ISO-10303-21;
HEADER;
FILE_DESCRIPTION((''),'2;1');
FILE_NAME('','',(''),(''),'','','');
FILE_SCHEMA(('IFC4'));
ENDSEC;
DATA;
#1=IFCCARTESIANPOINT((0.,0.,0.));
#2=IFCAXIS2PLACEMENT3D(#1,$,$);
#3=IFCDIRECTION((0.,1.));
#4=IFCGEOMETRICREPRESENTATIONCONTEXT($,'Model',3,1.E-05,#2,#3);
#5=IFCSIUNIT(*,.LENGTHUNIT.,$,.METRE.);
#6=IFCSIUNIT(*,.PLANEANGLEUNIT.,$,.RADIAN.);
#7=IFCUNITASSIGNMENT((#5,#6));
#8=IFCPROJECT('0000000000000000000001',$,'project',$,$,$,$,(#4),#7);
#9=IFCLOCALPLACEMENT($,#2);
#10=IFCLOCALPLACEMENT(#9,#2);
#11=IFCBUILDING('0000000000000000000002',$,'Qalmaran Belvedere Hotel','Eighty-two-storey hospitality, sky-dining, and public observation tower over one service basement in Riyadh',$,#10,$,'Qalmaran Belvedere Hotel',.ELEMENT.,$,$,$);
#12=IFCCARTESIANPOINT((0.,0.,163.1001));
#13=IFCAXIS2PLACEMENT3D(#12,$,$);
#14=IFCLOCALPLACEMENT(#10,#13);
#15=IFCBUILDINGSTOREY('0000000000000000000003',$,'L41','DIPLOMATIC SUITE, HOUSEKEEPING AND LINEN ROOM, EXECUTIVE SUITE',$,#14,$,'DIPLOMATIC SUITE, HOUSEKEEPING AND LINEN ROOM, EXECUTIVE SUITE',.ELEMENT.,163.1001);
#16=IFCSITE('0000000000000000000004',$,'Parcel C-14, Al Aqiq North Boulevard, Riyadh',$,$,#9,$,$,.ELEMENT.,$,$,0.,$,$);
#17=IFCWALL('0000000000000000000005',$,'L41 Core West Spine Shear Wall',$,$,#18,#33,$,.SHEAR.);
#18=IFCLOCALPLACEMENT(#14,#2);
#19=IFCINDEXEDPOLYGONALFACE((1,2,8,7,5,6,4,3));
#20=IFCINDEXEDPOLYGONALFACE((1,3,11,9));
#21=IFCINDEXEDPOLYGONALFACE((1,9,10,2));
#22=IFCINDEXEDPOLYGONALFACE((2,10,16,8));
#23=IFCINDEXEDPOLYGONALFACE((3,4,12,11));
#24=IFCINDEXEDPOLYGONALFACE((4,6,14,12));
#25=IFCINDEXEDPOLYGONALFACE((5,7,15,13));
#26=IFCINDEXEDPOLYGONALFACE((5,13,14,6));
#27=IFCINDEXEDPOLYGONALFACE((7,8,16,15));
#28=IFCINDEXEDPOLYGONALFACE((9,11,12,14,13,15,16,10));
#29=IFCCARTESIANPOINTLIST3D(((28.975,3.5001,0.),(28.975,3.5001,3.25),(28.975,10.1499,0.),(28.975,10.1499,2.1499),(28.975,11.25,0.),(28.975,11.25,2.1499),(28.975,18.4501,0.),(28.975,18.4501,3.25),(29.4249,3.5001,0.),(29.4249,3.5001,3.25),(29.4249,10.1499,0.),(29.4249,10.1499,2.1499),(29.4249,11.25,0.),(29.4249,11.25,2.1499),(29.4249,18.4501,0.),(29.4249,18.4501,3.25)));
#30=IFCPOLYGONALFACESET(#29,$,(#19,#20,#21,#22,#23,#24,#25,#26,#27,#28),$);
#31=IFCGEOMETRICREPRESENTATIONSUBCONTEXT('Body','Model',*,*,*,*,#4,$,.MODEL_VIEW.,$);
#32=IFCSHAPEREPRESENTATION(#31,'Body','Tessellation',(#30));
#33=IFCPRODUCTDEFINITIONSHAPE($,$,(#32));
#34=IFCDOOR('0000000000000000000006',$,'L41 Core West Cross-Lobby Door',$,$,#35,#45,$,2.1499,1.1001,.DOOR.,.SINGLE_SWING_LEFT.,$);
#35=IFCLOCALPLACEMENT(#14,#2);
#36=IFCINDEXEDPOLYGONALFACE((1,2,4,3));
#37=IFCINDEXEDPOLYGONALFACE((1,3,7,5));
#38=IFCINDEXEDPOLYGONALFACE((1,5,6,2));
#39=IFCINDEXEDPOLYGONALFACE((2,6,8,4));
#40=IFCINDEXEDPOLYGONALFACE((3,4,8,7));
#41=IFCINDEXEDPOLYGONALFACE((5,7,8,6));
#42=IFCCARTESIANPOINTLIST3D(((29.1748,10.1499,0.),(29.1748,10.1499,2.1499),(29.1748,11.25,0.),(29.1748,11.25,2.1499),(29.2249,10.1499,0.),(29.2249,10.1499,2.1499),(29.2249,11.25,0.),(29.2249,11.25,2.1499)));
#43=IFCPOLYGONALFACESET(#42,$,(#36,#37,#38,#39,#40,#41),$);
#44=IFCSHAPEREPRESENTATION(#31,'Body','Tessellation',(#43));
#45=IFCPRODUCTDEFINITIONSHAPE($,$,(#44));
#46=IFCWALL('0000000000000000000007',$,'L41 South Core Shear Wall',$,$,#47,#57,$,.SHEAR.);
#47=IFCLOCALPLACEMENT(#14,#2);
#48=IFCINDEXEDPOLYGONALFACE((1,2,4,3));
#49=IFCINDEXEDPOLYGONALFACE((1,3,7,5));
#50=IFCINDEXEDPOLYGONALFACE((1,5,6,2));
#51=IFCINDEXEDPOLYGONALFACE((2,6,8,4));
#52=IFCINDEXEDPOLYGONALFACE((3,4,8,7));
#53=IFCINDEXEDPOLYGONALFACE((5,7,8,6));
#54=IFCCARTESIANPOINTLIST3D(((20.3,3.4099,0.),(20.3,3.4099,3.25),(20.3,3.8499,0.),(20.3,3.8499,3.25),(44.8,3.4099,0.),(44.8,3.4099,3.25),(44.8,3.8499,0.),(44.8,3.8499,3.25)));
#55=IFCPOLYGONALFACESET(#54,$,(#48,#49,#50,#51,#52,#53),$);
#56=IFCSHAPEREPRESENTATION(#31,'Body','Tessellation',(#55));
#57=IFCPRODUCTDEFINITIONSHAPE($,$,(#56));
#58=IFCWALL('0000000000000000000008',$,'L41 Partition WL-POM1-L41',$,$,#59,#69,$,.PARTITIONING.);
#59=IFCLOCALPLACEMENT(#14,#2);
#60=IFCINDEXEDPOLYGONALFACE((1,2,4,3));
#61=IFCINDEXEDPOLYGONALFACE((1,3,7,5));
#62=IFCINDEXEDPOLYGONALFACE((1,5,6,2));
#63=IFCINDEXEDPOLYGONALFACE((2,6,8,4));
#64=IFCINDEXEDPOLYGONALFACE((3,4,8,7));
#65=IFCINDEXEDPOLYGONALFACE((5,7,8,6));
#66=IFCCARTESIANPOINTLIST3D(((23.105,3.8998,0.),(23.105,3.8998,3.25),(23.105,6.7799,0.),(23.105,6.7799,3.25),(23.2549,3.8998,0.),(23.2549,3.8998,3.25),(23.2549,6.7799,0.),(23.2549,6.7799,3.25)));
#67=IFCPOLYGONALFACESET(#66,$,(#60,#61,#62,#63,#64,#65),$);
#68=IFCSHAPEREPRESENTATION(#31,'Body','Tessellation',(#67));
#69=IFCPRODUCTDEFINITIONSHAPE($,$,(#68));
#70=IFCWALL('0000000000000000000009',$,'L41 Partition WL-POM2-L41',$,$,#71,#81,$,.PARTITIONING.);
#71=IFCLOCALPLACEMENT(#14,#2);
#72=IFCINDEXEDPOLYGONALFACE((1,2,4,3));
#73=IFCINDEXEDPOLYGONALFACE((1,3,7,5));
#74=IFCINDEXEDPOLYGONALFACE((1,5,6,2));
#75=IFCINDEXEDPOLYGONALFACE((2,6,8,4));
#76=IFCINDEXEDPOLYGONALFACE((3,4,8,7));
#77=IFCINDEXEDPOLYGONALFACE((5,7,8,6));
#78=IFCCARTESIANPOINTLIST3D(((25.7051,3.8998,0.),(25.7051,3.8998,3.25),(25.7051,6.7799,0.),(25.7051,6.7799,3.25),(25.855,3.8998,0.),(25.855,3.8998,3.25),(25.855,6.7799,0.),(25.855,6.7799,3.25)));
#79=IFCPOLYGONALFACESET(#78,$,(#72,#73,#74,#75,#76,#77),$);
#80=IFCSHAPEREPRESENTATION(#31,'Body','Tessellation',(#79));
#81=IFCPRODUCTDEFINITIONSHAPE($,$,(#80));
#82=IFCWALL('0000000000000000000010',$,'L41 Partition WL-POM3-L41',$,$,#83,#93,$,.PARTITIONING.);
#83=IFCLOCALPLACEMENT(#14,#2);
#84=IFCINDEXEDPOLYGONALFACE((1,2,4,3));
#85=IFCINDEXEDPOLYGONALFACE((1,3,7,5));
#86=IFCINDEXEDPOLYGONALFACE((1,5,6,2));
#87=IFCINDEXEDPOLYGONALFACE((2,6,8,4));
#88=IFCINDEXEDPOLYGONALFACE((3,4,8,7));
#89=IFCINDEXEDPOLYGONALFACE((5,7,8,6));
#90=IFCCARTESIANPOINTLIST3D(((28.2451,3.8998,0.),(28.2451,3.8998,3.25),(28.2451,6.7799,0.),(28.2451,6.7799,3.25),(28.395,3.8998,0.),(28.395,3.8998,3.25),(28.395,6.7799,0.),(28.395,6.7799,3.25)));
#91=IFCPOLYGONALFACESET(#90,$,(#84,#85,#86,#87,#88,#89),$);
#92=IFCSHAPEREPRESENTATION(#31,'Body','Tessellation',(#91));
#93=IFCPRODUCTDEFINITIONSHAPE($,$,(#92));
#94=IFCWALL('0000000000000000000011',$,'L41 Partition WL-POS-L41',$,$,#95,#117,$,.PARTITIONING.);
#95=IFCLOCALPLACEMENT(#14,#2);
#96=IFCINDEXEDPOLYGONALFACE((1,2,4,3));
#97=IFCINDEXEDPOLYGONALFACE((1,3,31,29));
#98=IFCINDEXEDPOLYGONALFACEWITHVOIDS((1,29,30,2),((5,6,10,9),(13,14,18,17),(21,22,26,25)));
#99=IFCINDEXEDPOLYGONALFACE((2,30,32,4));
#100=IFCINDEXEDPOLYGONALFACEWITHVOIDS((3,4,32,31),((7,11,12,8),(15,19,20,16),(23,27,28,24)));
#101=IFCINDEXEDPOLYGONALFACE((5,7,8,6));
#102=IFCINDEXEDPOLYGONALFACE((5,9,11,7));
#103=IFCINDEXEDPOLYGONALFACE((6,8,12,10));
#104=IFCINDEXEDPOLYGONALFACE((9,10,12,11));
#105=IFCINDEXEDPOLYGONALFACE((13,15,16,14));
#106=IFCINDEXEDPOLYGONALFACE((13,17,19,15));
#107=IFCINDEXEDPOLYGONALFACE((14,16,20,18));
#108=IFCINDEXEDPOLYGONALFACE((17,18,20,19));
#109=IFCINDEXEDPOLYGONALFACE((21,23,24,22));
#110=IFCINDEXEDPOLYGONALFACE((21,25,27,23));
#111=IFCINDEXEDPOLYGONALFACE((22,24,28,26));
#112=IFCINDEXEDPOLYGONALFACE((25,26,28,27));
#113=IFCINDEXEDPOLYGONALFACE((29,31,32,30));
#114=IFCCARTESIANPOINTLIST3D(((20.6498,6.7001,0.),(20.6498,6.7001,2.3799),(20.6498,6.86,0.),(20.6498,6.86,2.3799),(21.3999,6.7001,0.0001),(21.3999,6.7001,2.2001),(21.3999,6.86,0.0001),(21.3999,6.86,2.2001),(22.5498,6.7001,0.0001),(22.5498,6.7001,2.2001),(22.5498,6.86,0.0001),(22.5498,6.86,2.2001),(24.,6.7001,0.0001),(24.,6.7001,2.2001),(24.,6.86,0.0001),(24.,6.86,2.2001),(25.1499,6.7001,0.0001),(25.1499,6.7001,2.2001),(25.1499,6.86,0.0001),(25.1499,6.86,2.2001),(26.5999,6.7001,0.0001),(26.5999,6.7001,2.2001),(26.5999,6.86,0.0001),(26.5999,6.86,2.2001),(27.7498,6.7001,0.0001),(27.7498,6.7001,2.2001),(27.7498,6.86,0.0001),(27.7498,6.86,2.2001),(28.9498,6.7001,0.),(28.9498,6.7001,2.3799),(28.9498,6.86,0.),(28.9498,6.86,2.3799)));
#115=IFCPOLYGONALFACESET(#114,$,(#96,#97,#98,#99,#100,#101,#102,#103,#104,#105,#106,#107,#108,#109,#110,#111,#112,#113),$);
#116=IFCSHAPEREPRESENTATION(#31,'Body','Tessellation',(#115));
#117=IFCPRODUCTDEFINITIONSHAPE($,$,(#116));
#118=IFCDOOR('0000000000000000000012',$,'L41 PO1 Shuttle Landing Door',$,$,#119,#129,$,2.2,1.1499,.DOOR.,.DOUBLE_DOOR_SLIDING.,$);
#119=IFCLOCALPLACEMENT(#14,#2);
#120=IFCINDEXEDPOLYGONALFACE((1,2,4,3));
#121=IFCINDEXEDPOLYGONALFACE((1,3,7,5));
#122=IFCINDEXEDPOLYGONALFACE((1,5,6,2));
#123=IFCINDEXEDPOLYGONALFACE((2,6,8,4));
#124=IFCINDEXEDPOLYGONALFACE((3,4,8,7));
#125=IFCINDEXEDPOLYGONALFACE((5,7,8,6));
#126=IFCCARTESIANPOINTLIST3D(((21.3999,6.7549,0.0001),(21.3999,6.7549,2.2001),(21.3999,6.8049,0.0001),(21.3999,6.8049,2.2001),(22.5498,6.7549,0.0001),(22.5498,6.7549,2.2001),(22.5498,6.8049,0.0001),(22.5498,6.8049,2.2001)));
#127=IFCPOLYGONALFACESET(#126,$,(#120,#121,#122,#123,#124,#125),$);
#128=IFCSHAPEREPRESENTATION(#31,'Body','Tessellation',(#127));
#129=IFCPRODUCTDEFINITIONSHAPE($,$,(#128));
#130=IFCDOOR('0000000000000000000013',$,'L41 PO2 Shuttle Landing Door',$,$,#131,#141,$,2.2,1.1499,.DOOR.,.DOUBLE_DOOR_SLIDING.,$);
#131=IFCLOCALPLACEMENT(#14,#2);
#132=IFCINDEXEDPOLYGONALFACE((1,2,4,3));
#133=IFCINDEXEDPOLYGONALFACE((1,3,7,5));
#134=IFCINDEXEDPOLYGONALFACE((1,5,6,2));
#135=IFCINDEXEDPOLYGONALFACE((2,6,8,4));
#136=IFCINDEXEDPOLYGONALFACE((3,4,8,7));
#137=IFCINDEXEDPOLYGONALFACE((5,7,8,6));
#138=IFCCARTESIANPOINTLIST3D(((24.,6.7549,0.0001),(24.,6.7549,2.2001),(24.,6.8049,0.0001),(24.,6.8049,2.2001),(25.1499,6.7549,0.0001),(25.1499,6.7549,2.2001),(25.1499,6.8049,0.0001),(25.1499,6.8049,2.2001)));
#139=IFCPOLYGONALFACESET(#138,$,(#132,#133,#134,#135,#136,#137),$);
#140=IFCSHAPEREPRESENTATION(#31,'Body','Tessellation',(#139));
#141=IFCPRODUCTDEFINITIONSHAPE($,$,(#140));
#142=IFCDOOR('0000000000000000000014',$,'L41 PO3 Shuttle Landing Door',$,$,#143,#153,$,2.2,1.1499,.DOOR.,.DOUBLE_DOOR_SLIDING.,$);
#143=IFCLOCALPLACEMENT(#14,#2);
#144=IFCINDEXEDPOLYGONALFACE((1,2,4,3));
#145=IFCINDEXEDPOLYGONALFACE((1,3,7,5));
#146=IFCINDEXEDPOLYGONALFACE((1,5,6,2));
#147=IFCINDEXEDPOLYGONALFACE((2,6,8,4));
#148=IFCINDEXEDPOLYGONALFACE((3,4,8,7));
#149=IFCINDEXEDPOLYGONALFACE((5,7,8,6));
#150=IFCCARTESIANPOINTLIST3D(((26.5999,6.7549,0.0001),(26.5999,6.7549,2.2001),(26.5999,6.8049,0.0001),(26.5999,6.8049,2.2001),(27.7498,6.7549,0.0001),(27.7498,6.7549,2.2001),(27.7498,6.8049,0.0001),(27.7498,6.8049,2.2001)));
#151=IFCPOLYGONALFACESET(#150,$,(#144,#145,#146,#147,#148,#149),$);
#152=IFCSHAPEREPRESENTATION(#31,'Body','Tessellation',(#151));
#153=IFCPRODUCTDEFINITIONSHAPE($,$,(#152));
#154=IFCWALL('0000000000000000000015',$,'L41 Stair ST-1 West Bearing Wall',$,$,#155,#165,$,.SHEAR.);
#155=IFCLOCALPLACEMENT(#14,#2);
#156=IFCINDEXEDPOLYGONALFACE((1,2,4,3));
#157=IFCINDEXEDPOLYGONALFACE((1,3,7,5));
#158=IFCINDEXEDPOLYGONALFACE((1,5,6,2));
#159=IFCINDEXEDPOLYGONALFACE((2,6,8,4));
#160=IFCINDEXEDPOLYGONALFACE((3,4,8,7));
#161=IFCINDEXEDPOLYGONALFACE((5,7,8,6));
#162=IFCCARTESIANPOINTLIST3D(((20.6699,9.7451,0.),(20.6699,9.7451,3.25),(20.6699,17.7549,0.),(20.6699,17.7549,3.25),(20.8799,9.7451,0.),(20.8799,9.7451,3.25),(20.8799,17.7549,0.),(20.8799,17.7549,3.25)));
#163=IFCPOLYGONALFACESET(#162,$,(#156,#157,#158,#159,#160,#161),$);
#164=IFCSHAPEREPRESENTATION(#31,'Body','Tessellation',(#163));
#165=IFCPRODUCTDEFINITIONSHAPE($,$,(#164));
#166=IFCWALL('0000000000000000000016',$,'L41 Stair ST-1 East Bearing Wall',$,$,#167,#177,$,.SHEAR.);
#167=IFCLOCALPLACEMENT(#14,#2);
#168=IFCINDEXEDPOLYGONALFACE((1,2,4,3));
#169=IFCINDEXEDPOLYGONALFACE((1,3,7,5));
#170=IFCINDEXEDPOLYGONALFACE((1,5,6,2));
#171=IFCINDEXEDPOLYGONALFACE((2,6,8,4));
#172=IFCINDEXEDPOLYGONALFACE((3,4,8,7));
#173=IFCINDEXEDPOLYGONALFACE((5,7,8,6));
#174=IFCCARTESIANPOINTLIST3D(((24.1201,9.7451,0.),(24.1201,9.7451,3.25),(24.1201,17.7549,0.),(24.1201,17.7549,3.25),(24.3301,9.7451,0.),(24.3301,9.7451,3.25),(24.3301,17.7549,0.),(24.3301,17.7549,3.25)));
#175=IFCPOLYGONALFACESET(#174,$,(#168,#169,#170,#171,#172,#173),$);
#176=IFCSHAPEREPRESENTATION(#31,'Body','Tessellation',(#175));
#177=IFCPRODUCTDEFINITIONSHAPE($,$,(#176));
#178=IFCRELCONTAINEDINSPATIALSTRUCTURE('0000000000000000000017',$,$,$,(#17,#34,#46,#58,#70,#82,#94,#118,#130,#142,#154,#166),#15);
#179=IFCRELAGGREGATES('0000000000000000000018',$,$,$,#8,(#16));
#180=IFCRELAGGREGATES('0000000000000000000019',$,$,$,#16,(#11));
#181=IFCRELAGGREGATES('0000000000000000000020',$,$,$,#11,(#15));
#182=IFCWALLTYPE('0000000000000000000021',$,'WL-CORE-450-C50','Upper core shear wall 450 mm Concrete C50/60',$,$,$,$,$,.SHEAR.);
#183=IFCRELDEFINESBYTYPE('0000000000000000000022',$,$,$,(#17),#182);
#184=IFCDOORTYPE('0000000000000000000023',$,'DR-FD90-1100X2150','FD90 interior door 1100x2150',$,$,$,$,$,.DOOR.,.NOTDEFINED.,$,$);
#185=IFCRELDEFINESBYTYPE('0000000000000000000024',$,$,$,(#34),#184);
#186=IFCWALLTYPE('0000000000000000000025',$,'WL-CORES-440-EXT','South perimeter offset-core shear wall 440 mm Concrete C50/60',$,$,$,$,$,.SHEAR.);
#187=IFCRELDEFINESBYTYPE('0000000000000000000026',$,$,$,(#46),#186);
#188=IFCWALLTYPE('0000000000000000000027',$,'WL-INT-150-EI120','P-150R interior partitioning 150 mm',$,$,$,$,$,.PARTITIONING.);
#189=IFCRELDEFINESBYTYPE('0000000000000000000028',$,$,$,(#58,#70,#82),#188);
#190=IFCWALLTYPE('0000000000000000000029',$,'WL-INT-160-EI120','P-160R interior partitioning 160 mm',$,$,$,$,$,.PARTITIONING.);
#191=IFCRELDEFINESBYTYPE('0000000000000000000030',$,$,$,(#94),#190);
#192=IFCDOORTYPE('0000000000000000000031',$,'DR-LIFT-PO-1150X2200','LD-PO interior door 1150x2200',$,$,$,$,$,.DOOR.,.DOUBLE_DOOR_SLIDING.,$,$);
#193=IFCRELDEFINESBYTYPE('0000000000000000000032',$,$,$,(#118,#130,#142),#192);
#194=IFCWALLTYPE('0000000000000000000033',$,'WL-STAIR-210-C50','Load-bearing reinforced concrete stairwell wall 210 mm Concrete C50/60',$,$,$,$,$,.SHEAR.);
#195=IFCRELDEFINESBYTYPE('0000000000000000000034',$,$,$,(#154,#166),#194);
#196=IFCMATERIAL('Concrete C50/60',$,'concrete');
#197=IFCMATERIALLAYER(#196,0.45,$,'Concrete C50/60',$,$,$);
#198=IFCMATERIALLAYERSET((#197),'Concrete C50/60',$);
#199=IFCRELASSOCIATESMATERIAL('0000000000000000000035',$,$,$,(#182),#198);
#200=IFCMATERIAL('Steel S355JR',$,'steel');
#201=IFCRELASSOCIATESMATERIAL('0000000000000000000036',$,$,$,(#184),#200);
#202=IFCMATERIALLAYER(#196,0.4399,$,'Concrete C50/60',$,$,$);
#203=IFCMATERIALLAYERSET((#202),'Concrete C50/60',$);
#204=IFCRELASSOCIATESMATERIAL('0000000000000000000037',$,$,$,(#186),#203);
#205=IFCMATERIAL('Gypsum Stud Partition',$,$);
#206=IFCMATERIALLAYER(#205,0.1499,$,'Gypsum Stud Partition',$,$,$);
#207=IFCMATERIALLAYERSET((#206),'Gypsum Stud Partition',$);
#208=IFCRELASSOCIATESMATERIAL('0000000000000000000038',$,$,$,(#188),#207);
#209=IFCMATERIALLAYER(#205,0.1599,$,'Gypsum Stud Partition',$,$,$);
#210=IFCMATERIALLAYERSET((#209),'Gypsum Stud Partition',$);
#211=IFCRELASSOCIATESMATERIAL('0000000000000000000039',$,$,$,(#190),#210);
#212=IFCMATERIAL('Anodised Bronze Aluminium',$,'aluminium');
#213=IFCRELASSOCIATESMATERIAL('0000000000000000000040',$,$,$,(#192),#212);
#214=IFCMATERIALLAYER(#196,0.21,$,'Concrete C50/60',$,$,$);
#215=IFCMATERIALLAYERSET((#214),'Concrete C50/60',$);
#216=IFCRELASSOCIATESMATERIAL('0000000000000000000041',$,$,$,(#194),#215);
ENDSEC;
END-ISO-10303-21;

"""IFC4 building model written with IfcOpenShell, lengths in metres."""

from ifc_helpers import new_model, si_unit, direction, frame, frame_2d, origin, place, context, subcontext, project, spatial, rectangle, extrude, material, layer, layer_set, type_object, element, fill, save


model = new_model("IFC4")

# Units and contexts
model_context = context("Model", 3, precision=1e-05, world=origin(), true_north=direction((0.0, 1.0)))
body_context = subcontext(model_context, "Body", "Model", "MODEL_VIEW")
ifc_project = project(units=[si_unit("LENGTHUNIT", "METRE"), si_unit("PLANEANGLEUNIT", "RADIAN")], contexts=[model_context])

# Site, building, storey
site_placement = place(None, origin())
site = spatial("IfcSite", under=ifc_project, at=site_placement, Name="Parcel C-14, Al Aqiq North Boulevard, Riyadh", CompositionType="ELEMENT", RefElevation=0.0)
building_placement = place(site_placement, origin())
building = spatial("IfcBuilding", under=site, at=building_placement, Name="Qalmaran Belvedere Hotel", Description="Eighty-two-storey hospitality, sky-dining, and public observation tower over one service basement in Riyadh", LongName="Qalmaran Belvedere Hotel", CompositionType="ELEMENT")
storey_placement = place(building_placement, frame((0.0, 0.0, 163.1001)))
storey = spatial("IfcBuildingStorey", under=building, at=storey_placement, Name="L41", Description="DIPLOMATIC SUITE, HOUSEKEEPING AND LINEN ROOM, EXECUTIVE SUITE", LongName="DIPLOMATIC SUITE, HOUSEKEEPING AND LINEN ROOM, EXECUTIVE SUITE", CompositionType="ELEMENT", Elevation=163.1001)

# Shared definitions
ifc_material_1 = material(Name="Concrete C50/60", Category="concrete")

# Shared definitions
ifc_material_2 = material(Name="Steel S355JR", Category="steel")

# Shared definitions
ifc_material_3 = material(Name="Anodised Bronze Aluminium", Category="aluminium")

# Shared definitions
ifc_layer_1 = layer(ifc_material_1, 0.45, Name="Concrete C50/60")
ifc_layer_set_1 = layer_set([ifc_layer_1], Name="Concrete C50/60")
wall_type_1 = type_object("IfcWallType", Name="WL-CORE-450-C50", Description="Upper core shear wall 450 mm Concrete C50/60", PredefinedType="SHEAR", material=ifc_layer_set_1)

# Wall, opening, door
wall_1_placement = place(storey_placement, frame((29.2, 3.5, 0.0), z_axis=(0.0, 0.0, 1.0), x_axis=(0.0, 1.0, 0.0)))
wall_1 = element("IfcWall", 1, at=wall_1_placement, inside=storey, type_object=wall_type_1, Name="L41 Core West Spine Shear Wall", PredefinedType="SHEAR", context=body_context, shape_type="SweptSolid", body=[
    extrude(rectangle(XDim=14.95, YDim=0.45, at=frame_2d((7.4751, 0.0))), origin(), (0.0, 0.0, 1.0), 3.25),
])
opening_1_placement = place(wall_1_placement, frame((7.75, 0.0, 0.0), z_axis=(0.0, 0.0, 1.0), x_axis=(-1.0, 0.0, 0.0)))
opening_1 = element("IfcOpeningElement", 2, at=opening_1_placement, cuts=wall_1, PredefinedType="OPENING", context=body_context, shape_type="SweptSolid", body=[
    extrude(rectangle(XDim=1.1001, YDim=2.1499, at=frame_2d((0.55, 1.075))), frame((0.0, 0.2349, 0.0), z_axis=(0.0, -1.0, 0.0), x_axis=(1.0, 0.0, 0.0)), (0.0, 0.0, 1.0), 0.47),
])
door_type_1 = type_object("IfcDoorType", Name="DR-FD90-1100X2150", Description="FD90 interior door 1100x2150", OperationType="NOTDEFINED", PredefinedType="DOOR", material=ifc_material_2)
door_1_placement = place(opening_1_placement, origin())
door_1 = element("IfcDoor", 3, at=door_1_placement, inside=storey, type_object=door_type_1, Name="L41 Core West Cross-Lobby Door", OperationType="SINGLE_SWING_LEFT", OverallHeight=2.1499, OverallWidth=1.1001, PredefinedType="DOOR", context=body_context, shape_type="SweptSolid", body=[
    extrude(rectangle(XDim=1.1001, YDim=2.1499, at=frame_2d((0.55, 1.075))), frame((0.0, 0.0249, 0.0), z_axis=(0.0, -1.0, 0.0), x_axis=(1.0, 0.0, 0.0)), (0.0, 0.0, 1.0), 0.05),
])
fill(opening_1, door_1)

# Walls
ifc_layer_2 = layer(ifc_material_1, 0.4399, Name="Concrete C50/60")
ifc_layer_set_2 = layer_set([ifc_layer_2], Name="Concrete C50/60")
wall_type_2 = type_object("IfcWallType", Name="WL-CORES-440-EXT", Description="South perimeter offset-core shear wall 440 mm Concrete C50/60", PredefinedType="SHEAR", material=ifc_layer_set_2)
wall_2_placement = place(storey_placement, frame((20.3, 3.6299, 0.0), z_axis=(0.0, 0.0, 1.0), x_axis=(1.0, 0.0, 0.0)))
element("IfcWall", 4, at=wall_2_placement, inside=storey, type_object=wall_type_2, Name="L41 South Core Shear Wall", PredefinedType="SHEAR", context=body_context, shape_type="SweptSolid", body=[
    extrude(rectangle(XDim=24.5, YDim=0.4399, at=frame_2d((12.25, 0.0))), origin(), (0.0, 0.0, 1.0), 3.25),
])
ifc_material_4 = material(Name="Gypsum Stud Partition")
ifc_layer_3 = layer(ifc_material_4, 0.1499, Name="Gypsum Stud Partition")
ifc_layer_set_3 = layer_set([ifc_layer_3], Name="Gypsum Stud Partition")
wall_type_3 = type_object("IfcWallType", Name="WL-INT-150-EI120", Description="P-150R interior partitioning 150 mm", PredefinedType="PARTITIONING", material=ifc_layer_set_3)
for number, where, z_axis, x_axis, name in (
    (5, (23.1799, 3.8999, 0.0), (0.0, 0.0, 1.0), (0.0, 1.0, 0.0), "L41 Partition WL-POM1-L41"),
    (6, (25.78, 3.8999, 0.0), (0.0, 0.0, 1.0), (0.0, 1.0, 0.0), "L41 Partition WL-POM2-L41"),
    (7, (28.3201, 3.8999, 0.0), (0.0, 0.0, 1.0), (0.0, 1.0, 0.0), "L41 Partition WL-POM3-L41"),
):
    element("IfcWall", number, at=place(storey_placement, frame(where, z_axis=z_axis, x_axis=x_axis)), inside=storey, type_object=wall_type_3, Name=name, PredefinedType="PARTITIONING", context=body_context, shape_type="SweptSolid", body=[
        extrude(rectangle(XDim=2.8801, YDim=0.1499, at=frame_2d((1.4399, 0.0))), origin(), (0.0, 0.0, 1.0), 3.25),
    ])

# Wall, openings, doors
ifc_layer_4 = layer(ifc_material_4, 0.1599, Name="Gypsum Stud Partition")
ifc_layer_set_4 = layer_set([ifc_layer_4], Name="Gypsum Stud Partition")
wall_type_4 = type_object("IfcWallType", Name="WL-INT-160-EI120", Description="P-160R interior partitioning 160 mm", PredefinedType="PARTITIONING", material=ifc_layer_set_4)
wall_3_placement = place(storey_placement, frame((20.6499, 6.78, 0.0), z_axis=(0.0, 0.0, 1.0), x_axis=(1.0, 0.0, 0.0)))
wall_3 = element("IfcWall", 8, at=wall_3_placement, inside=storey, type_object=wall_type_4, Name="L41 Partition WL-POS-L41", PredefinedType="PARTITIONING", context=body_context, shape_type="SweptSolid", body=[
    extrude(rectangle(XDim=8.3, YDim=0.1599, at=frame_2d((4.1499, 0.0))), origin(), (0.0, 0.0, 1.0), 2.3799),
])
opening_2_placement = place(wall_3_placement, frame((0.75, 0.0, 0.0)))
opening_2 = element("IfcOpeningElement", 9, at=opening_2_placement, cuts=wall_3, PredefinedType="OPENING", context=body_context, shape_type="SweptSolid", body=[
    extrude(rectangle(XDim=1.1499, YDim=2.2, at=frame_2d((0.575, 1.1001))), frame((0.0, 0.0898, 0.0), z_axis=(0.0, -1.0, 0.0), x_axis=(1.0, 0.0, 0.0)), (0.0, 0.0, 1.0), 0.1799),
])
opening_3_placement = place(wall_3_placement, frame((3.3501, 0.0, 0.0)))
opening_3 = element("IfcOpeningElement", 10, at=opening_3_placement, cuts=wall_3, PredefinedType="OPENING", context=body_context, shape_type="SweptSolid", body=[
    extrude(rectangle(XDim=1.1499, YDim=2.2, at=frame_2d((0.575, 1.1001))), frame((0.0, 0.0898, 0.0), z_axis=(0.0, -1.0, 0.0), x_axis=(1.0, 0.0, 0.0)), (0.0, 0.0, 1.0), 0.1799),
])
opening_4_placement = place(wall_3_placement, frame((5.95, 0.0, 0.0)))
opening_4 = element("IfcOpeningElement", 11, at=opening_4_placement, cuts=wall_3, PredefinedType="OPENING", context=body_context, shape_type="SweptSolid", body=[
    extrude(rectangle(XDim=1.1499, YDim=2.2, at=frame_2d((0.575, 1.1001))), frame((0.0, 0.0898, 0.0), z_axis=(0.0, -1.0, 0.0), x_axis=(1.0, 0.0, 0.0)), (0.0, 0.0, 1.0), 0.1799),
])
door_type_2 = type_object("IfcDoorType", Name="DR-LIFT-PO-1150X2200", Description="LD-PO interior door 1150x2200", OperationType="DOUBLE_DOOR_SLIDING", PredefinedType="DOOR", material=ifc_material_3)
door_2_placement = place(opening_2_placement, origin())
door_2 = element("IfcDoor", 12, at=door_2_placement, inside=storey, type_object=door_type_2, Name="L41 PO1 Shuttle Landing Door", OperationType="DOUBLE_DOOR_SLIDING", OverallHeight=2.2, OverallWidth=1.1499, PredefinedType="DOOR", context=body_context, shape_type="SweptSolid", body=[
    extrude(rectangle(XDim=1.1499, YDim=2.2, at=frame_2d((0.575, 1.1001))), frame((0.0, 0.0249, 0.0), z_axis=(0.0, -1.0, 0.0), x_axis=(1.0, 0.0, 0.0)), (0.0, 0.0, 1.0), 0.05),
])
fill(opening_2, door_2)
door_3_placement = place(opening_3_placement, origin())
door_3 = element("IfcDoor", 13, at=door_3_placement, inside=storey, type_object=door_type_2, Name="L41 PO2 Shuttle Landing Door", OperationType="DOUBLE_DOOR_SLIDING", OverallHeight=2.2, OverallWidth=1.1499, PredefinedType="DOOR", context=body_context, shape_type="SweptSolid", body=[
    extrude(rectangle(XDim=1.1499, YDim=2.2, at=frame_2d((0.575, 1.1001))), frame((0.0, 0.0249, 0.0), z_axis=(0.0, -1.0, 0.0), x_axis=(1.0, 0.0, 0.0)), (0.0, 0.0, 1.0), 0.05),
])
fill(opening_3, door_3)
door_4_placement = place(opening_4_placement, origin())
door_4 = element("IfcDoor", 14, at=door_4_placement, inside=storey, type_object=door_type_2, Name="L41 PO3 Shuttle Landing Door", OperationType="DOUBLE_DOOR_SLIDING", OverallHeight=2.2, OverallWidth=1.1499, PredefinedType="DOOR", context=body_context, shape_type="SweptSolid", body=[
    extrude(rectangle(XDim=1.1499, YDim=2.2, at=frame_2d((0.575, 1.1001))), frame((0.0, 0.0249, 0.0), z_axis=(0.0, -1.0, 0.0), x_axis=(1.0, 0.0, 0.0)), (0.0, 0.0, 1.0), 0.05),
])
fill(opening_4, door_4)

# Walls
ifc_layer_5 = layer(ifc_material_1, 0.21, Name="Concrete C50/60")
ifc_layer_set_5 = layer_set([ifc_layer_5], Name="Concrete C50/60")
wall_type_5 = type_object("IfcWallType", Name="WL-STAIR-210-C50", Description="Load-bearing reinforced concrete stairwell wall 210 mm Concrete C50/60", PredefinedType="SHEAR", material=ifc_layer_set_5)
for number, where, z_axis, x_axis, name in (
    (15, (20.7749, 9.7451, 0.0), (0.0, 0.0, 1.0), (0.0, 1.0, 0.0), "L41 Stair ST-1 West Bearing Wall"),
    (16, (24.2251, 9.7451, 0.0), (0.0, 0.0, 1.0), (0.0, 1.0, 0.0), "L41 Stair ST-1 East Bearing Wall"),
):
    element("IfcWall", number, at=place(storey_placement, frame(where, z_axis=z_axis, x_axis=x_axis)), inside=storey, type_object=wall_type_5, Name=name, PredefinedType="SHEAR", context=body_context, shape_type="SweptSolid", body=[
        extrude(rectangle(XDim=8.0098, YDim=0.21, at=frame_2d((4.0049, 0.0))), origin(), (0.0, 0.0, 1.0), 3.25),
    ])

save(model, "model.ifc")
